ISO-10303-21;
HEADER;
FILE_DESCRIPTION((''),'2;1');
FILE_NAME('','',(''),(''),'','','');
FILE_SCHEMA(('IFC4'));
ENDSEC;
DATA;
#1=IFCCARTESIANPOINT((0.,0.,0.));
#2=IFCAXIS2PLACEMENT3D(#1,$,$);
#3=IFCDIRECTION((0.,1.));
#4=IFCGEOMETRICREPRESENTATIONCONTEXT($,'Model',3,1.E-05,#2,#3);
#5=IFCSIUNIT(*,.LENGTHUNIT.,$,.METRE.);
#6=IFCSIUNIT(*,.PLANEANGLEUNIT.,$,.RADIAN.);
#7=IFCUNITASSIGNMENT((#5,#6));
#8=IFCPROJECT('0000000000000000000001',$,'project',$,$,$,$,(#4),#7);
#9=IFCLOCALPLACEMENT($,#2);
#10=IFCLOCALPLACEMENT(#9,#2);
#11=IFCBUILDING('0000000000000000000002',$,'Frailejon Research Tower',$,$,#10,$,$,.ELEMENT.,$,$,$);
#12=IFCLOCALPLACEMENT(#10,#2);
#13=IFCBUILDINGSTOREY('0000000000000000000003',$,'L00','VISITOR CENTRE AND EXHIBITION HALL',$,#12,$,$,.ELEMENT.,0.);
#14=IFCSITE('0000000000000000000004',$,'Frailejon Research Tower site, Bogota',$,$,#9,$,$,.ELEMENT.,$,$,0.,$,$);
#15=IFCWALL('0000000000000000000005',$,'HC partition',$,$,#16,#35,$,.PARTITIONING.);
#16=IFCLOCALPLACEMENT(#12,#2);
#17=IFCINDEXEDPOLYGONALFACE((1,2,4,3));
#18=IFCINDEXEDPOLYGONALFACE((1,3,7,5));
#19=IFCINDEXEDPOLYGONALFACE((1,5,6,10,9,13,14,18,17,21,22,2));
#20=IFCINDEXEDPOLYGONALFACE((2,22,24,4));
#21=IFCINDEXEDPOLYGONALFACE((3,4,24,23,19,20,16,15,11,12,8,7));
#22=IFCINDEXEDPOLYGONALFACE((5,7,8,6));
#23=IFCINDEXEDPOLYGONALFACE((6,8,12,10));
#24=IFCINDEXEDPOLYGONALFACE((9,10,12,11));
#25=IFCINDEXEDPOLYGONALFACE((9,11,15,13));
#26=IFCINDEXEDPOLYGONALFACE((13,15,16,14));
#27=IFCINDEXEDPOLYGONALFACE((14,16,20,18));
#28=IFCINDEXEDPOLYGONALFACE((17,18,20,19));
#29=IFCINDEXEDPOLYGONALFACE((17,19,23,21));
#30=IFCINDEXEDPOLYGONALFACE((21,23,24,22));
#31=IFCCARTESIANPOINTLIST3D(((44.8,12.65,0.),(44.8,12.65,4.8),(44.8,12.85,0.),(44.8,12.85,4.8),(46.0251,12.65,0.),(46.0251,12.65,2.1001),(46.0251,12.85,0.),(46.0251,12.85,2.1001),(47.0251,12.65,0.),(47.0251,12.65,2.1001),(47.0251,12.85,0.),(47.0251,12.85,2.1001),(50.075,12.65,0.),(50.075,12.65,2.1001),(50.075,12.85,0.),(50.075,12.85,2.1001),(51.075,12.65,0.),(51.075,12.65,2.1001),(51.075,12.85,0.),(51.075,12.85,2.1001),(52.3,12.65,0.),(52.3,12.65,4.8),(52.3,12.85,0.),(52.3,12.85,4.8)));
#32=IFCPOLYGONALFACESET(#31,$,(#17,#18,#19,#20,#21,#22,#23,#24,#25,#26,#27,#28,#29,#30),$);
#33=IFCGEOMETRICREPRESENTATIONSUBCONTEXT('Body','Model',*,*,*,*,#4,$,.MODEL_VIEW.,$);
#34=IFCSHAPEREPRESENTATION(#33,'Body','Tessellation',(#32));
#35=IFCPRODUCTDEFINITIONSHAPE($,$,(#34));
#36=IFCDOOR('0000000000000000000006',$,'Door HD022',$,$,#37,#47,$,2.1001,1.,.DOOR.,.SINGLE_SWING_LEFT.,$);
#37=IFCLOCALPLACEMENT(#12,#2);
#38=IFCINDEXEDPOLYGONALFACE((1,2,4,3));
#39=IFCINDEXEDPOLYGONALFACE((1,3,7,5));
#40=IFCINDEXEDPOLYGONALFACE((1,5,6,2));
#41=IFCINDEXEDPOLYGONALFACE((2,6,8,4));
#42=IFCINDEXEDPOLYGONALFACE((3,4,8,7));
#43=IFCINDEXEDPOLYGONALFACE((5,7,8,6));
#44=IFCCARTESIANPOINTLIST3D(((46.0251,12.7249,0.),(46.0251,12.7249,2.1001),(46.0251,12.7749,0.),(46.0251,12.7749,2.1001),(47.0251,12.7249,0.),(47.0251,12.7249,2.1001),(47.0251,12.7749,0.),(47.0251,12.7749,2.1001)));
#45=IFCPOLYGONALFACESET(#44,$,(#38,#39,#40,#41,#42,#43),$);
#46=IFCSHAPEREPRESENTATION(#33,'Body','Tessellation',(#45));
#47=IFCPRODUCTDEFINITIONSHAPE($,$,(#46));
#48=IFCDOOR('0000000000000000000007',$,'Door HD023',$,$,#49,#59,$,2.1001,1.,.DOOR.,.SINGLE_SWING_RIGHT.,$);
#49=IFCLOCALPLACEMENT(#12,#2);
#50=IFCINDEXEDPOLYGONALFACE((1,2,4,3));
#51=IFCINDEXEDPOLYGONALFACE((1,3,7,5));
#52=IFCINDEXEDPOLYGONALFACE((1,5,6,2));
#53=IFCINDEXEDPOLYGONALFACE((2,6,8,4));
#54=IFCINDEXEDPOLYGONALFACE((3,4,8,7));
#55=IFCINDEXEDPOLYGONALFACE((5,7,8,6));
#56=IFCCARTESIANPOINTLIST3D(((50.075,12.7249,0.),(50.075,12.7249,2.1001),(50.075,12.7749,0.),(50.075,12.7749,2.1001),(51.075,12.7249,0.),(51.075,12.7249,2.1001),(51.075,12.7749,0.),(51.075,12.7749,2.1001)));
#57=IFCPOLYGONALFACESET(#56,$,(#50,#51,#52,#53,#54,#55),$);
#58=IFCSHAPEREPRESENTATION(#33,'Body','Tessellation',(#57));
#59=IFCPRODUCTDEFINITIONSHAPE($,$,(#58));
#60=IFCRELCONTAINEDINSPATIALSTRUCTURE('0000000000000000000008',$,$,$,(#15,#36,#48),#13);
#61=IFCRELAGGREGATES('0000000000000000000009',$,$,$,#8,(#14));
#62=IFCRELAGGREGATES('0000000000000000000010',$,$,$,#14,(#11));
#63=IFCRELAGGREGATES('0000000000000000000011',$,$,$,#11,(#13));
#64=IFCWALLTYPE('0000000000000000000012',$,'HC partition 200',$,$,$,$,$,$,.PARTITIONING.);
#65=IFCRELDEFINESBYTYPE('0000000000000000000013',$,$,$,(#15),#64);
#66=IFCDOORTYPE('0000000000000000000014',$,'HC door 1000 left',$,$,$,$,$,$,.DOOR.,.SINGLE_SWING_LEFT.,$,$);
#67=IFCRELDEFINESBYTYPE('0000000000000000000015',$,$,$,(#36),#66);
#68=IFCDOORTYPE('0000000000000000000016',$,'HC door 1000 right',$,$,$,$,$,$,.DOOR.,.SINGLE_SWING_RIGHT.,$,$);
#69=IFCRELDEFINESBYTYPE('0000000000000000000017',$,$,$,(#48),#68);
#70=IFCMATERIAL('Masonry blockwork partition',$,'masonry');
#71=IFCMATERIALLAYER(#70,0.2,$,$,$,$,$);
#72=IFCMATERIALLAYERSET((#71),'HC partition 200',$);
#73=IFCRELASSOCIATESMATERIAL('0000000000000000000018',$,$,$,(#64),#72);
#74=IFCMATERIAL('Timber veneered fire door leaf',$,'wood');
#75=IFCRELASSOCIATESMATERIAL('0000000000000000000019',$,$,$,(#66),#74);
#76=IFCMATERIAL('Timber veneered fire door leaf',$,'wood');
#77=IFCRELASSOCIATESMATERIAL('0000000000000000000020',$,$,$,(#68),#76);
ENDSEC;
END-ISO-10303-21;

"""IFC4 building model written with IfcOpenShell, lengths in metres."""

from ifc_helpers import new_model, si_unit, direction, frame, frame_2d, origin, place, context, subcontext, project, spatial, rectangle, extrude, material, layer, layer_set, type_object, element, fill, save


model = new_model("IFC4")

# Units and contexts
model_context = context("Model", 3, precision=1e-05, world=origin(), true_north=direction((0.0, 1.0)))
body_context = subcontext(model_context, "Body", "Model", "MODEL_VIEW")
ifc_project = project(units=[si_unit("LENGTHUNIT", "METRE"), si_unit("PLANEANGLEUNIT", "RADIAN")], contexts=[model_context])

# Site, building, storey
site_placement = place(None, origin())
site = spatial("IfcSite", under=ifc_project, at=site_placement, Name="Frailejon Research Tower site, Bogota", CompositionType="ELEMENT", RefElevation=0.0)
building_placement = place(site_placement, origin())
building = spatial("IfcBuilding", under=site, at=building_placement, Name="Frailejon Research Tower", CompositionType="ELEMENT")
storey_placement = place(building_placement, origin())
storey = spatial("IfcBuildingStorey", under=building, at=storey_placement, Name="L00", Description="VISITOR CENTRE AND EXHIBITION HALL", CompositionType="ELEMENT", Elevation=0.0)

# Shared definitions
ifc_material_1 = material(Name="Masonry blockwork partition", Category="masonry")
ifc_layer_1 = layer(ifc_material_1, 0.2)
ifc_layer_set_1 = layer_set([ifc_layer_1], Name="HC partition 200")
wall_type_1 = type_object("IfcWallType", Name="HC partition 200", PredefinedType="PARTITIONING", material=ifc_layer_set_1)

# Wall, openings, doors
wall_1_placement = place(storey_placement, frame((44.8, 12.75, 0.0), z_axis=(0.0, 0.0, 1.0), x_axis=(1.0, 0.0, 0.0)))
wall_1 = element("IfcWall", 1, at=wall_1_placement, inside=storey, type_object=wall_type_1, Name="HC partition", PredefinedType="PARTITIONING", context=body_context, shape_type="SweptSolid", body=[
    extrude(rectangle(XDim=7.5, YDim=0.2, at=frame_2d((3.75, 0.0))), origin(), (0.0, 0.0, 1.0), 4.8),
])
opening_1_placement = place(wall_1_placement, frame((1.2251, 0.0, 0.0)))
opening_1 = element("IfcOpeningElement", 2, at=opening_1_placement, cuts=wall_1, PredefinedType="OPENING", context=body_context, shape_type="SweptSolid", body=[
    extrude(rectangle(XDim=1.0, YDim=2.1001, at=frame_2d((0.5, 1.05))), frame((0.0, 0.1099, 0.0), z_axis=(0.0, -1.0, 0.0), x_axis=(1.0, 0.0, 0.0)), (0.0, 0.0, 1.0), 0.22),
])
opening_2_placement = place(wall_1_placement, frame((5.2749, 0.0, 0.0)))
opening_2 = element("IfcOpeningElement", 3, at=opening_2_placement, cuts=wall_1, PredefinedType="OPENING", context=body_context, shape_type="SweptSolid", body=[
    extrude(rectangle(XDim=1.0, YDim=2.1001, at=frame_2d((0.5, 1.05))), frame((0.0, 0.1099, 0.0), z_axis=(0.0, -1.0, 0.0), x_axis=(1.0, 0.0, 0.0)), (0.0, 0.0, 1.0), 0.22),
])
ifc_material_2 = material(Name="Timber veneered fire door leaf", Category="wood")
door_type_1 = type_object("IfcDoorType", Name="HC door 1000 left", OperationType="SINGLE_SWING_LEFT", PredefinedType="DOOR", material=ifc_material_2)
door_1_placement = place(opening_1_placement, origin())
door_1 = element("IfcDoor", 4, at=door_1_placement, inside=storey, type_object=door_type_1, Name="Door HD022", OperationType="SINGLE_SWING_LEFT", OverallHeight=2.1001, OverallWidth=1.0, PredefinedType="DOOR", context=body_context, shape_type="SweptSolid", body=[
    extrude(rectangle(XDim=1.0, YDim=2.1001, at=frame_2d((0.5, 1.05))), frame((0.0, 0.0249, 0.0), z_axis=(0.0, -1.0, 0.0), x_axis=(1.0, 0.0, 0.0)), (0.0, 0.0, 1.0), 0.05),
])
fill(opening_1, door_1)
ifc_material_3 = material(Name="Timber veneered fire door leaf", Category="wood")
door_type_2 = type_object("IfcDoorType", Name="HC door 1000 right", OperationType="SINGLE_SWING_RIGHT", PredefinedType="DOOR", material=ifc_material_3)
door_2_placement = place(opening_2_placement, origin())
door_2 = element("IfcDoor", 5, at=door_2_placement, inside=storey, type_object=door_type_2, Name="Door HD023", OperationType="SINGLE_SWING_RIGHT", OverallHeight=2.1001, OverallWidth=1.0, PredefinedType="DOOR", context=body_context, shape_type="SweptSolid", body=[
    extrude(rectangle(XDim=1.0, YDim=2.1001, at=frame_2d((0.5, 1.05))), frame((0.0, 0.0249, 0.0), z_axis=(0.0, -1.0, 0.0), x_axis=(1.0, 0.0, 0.0)), (0.0, 0.0, 1.0), 0.05),
])
fill(opening_2, door_2)

save(model, "model.ifc")
